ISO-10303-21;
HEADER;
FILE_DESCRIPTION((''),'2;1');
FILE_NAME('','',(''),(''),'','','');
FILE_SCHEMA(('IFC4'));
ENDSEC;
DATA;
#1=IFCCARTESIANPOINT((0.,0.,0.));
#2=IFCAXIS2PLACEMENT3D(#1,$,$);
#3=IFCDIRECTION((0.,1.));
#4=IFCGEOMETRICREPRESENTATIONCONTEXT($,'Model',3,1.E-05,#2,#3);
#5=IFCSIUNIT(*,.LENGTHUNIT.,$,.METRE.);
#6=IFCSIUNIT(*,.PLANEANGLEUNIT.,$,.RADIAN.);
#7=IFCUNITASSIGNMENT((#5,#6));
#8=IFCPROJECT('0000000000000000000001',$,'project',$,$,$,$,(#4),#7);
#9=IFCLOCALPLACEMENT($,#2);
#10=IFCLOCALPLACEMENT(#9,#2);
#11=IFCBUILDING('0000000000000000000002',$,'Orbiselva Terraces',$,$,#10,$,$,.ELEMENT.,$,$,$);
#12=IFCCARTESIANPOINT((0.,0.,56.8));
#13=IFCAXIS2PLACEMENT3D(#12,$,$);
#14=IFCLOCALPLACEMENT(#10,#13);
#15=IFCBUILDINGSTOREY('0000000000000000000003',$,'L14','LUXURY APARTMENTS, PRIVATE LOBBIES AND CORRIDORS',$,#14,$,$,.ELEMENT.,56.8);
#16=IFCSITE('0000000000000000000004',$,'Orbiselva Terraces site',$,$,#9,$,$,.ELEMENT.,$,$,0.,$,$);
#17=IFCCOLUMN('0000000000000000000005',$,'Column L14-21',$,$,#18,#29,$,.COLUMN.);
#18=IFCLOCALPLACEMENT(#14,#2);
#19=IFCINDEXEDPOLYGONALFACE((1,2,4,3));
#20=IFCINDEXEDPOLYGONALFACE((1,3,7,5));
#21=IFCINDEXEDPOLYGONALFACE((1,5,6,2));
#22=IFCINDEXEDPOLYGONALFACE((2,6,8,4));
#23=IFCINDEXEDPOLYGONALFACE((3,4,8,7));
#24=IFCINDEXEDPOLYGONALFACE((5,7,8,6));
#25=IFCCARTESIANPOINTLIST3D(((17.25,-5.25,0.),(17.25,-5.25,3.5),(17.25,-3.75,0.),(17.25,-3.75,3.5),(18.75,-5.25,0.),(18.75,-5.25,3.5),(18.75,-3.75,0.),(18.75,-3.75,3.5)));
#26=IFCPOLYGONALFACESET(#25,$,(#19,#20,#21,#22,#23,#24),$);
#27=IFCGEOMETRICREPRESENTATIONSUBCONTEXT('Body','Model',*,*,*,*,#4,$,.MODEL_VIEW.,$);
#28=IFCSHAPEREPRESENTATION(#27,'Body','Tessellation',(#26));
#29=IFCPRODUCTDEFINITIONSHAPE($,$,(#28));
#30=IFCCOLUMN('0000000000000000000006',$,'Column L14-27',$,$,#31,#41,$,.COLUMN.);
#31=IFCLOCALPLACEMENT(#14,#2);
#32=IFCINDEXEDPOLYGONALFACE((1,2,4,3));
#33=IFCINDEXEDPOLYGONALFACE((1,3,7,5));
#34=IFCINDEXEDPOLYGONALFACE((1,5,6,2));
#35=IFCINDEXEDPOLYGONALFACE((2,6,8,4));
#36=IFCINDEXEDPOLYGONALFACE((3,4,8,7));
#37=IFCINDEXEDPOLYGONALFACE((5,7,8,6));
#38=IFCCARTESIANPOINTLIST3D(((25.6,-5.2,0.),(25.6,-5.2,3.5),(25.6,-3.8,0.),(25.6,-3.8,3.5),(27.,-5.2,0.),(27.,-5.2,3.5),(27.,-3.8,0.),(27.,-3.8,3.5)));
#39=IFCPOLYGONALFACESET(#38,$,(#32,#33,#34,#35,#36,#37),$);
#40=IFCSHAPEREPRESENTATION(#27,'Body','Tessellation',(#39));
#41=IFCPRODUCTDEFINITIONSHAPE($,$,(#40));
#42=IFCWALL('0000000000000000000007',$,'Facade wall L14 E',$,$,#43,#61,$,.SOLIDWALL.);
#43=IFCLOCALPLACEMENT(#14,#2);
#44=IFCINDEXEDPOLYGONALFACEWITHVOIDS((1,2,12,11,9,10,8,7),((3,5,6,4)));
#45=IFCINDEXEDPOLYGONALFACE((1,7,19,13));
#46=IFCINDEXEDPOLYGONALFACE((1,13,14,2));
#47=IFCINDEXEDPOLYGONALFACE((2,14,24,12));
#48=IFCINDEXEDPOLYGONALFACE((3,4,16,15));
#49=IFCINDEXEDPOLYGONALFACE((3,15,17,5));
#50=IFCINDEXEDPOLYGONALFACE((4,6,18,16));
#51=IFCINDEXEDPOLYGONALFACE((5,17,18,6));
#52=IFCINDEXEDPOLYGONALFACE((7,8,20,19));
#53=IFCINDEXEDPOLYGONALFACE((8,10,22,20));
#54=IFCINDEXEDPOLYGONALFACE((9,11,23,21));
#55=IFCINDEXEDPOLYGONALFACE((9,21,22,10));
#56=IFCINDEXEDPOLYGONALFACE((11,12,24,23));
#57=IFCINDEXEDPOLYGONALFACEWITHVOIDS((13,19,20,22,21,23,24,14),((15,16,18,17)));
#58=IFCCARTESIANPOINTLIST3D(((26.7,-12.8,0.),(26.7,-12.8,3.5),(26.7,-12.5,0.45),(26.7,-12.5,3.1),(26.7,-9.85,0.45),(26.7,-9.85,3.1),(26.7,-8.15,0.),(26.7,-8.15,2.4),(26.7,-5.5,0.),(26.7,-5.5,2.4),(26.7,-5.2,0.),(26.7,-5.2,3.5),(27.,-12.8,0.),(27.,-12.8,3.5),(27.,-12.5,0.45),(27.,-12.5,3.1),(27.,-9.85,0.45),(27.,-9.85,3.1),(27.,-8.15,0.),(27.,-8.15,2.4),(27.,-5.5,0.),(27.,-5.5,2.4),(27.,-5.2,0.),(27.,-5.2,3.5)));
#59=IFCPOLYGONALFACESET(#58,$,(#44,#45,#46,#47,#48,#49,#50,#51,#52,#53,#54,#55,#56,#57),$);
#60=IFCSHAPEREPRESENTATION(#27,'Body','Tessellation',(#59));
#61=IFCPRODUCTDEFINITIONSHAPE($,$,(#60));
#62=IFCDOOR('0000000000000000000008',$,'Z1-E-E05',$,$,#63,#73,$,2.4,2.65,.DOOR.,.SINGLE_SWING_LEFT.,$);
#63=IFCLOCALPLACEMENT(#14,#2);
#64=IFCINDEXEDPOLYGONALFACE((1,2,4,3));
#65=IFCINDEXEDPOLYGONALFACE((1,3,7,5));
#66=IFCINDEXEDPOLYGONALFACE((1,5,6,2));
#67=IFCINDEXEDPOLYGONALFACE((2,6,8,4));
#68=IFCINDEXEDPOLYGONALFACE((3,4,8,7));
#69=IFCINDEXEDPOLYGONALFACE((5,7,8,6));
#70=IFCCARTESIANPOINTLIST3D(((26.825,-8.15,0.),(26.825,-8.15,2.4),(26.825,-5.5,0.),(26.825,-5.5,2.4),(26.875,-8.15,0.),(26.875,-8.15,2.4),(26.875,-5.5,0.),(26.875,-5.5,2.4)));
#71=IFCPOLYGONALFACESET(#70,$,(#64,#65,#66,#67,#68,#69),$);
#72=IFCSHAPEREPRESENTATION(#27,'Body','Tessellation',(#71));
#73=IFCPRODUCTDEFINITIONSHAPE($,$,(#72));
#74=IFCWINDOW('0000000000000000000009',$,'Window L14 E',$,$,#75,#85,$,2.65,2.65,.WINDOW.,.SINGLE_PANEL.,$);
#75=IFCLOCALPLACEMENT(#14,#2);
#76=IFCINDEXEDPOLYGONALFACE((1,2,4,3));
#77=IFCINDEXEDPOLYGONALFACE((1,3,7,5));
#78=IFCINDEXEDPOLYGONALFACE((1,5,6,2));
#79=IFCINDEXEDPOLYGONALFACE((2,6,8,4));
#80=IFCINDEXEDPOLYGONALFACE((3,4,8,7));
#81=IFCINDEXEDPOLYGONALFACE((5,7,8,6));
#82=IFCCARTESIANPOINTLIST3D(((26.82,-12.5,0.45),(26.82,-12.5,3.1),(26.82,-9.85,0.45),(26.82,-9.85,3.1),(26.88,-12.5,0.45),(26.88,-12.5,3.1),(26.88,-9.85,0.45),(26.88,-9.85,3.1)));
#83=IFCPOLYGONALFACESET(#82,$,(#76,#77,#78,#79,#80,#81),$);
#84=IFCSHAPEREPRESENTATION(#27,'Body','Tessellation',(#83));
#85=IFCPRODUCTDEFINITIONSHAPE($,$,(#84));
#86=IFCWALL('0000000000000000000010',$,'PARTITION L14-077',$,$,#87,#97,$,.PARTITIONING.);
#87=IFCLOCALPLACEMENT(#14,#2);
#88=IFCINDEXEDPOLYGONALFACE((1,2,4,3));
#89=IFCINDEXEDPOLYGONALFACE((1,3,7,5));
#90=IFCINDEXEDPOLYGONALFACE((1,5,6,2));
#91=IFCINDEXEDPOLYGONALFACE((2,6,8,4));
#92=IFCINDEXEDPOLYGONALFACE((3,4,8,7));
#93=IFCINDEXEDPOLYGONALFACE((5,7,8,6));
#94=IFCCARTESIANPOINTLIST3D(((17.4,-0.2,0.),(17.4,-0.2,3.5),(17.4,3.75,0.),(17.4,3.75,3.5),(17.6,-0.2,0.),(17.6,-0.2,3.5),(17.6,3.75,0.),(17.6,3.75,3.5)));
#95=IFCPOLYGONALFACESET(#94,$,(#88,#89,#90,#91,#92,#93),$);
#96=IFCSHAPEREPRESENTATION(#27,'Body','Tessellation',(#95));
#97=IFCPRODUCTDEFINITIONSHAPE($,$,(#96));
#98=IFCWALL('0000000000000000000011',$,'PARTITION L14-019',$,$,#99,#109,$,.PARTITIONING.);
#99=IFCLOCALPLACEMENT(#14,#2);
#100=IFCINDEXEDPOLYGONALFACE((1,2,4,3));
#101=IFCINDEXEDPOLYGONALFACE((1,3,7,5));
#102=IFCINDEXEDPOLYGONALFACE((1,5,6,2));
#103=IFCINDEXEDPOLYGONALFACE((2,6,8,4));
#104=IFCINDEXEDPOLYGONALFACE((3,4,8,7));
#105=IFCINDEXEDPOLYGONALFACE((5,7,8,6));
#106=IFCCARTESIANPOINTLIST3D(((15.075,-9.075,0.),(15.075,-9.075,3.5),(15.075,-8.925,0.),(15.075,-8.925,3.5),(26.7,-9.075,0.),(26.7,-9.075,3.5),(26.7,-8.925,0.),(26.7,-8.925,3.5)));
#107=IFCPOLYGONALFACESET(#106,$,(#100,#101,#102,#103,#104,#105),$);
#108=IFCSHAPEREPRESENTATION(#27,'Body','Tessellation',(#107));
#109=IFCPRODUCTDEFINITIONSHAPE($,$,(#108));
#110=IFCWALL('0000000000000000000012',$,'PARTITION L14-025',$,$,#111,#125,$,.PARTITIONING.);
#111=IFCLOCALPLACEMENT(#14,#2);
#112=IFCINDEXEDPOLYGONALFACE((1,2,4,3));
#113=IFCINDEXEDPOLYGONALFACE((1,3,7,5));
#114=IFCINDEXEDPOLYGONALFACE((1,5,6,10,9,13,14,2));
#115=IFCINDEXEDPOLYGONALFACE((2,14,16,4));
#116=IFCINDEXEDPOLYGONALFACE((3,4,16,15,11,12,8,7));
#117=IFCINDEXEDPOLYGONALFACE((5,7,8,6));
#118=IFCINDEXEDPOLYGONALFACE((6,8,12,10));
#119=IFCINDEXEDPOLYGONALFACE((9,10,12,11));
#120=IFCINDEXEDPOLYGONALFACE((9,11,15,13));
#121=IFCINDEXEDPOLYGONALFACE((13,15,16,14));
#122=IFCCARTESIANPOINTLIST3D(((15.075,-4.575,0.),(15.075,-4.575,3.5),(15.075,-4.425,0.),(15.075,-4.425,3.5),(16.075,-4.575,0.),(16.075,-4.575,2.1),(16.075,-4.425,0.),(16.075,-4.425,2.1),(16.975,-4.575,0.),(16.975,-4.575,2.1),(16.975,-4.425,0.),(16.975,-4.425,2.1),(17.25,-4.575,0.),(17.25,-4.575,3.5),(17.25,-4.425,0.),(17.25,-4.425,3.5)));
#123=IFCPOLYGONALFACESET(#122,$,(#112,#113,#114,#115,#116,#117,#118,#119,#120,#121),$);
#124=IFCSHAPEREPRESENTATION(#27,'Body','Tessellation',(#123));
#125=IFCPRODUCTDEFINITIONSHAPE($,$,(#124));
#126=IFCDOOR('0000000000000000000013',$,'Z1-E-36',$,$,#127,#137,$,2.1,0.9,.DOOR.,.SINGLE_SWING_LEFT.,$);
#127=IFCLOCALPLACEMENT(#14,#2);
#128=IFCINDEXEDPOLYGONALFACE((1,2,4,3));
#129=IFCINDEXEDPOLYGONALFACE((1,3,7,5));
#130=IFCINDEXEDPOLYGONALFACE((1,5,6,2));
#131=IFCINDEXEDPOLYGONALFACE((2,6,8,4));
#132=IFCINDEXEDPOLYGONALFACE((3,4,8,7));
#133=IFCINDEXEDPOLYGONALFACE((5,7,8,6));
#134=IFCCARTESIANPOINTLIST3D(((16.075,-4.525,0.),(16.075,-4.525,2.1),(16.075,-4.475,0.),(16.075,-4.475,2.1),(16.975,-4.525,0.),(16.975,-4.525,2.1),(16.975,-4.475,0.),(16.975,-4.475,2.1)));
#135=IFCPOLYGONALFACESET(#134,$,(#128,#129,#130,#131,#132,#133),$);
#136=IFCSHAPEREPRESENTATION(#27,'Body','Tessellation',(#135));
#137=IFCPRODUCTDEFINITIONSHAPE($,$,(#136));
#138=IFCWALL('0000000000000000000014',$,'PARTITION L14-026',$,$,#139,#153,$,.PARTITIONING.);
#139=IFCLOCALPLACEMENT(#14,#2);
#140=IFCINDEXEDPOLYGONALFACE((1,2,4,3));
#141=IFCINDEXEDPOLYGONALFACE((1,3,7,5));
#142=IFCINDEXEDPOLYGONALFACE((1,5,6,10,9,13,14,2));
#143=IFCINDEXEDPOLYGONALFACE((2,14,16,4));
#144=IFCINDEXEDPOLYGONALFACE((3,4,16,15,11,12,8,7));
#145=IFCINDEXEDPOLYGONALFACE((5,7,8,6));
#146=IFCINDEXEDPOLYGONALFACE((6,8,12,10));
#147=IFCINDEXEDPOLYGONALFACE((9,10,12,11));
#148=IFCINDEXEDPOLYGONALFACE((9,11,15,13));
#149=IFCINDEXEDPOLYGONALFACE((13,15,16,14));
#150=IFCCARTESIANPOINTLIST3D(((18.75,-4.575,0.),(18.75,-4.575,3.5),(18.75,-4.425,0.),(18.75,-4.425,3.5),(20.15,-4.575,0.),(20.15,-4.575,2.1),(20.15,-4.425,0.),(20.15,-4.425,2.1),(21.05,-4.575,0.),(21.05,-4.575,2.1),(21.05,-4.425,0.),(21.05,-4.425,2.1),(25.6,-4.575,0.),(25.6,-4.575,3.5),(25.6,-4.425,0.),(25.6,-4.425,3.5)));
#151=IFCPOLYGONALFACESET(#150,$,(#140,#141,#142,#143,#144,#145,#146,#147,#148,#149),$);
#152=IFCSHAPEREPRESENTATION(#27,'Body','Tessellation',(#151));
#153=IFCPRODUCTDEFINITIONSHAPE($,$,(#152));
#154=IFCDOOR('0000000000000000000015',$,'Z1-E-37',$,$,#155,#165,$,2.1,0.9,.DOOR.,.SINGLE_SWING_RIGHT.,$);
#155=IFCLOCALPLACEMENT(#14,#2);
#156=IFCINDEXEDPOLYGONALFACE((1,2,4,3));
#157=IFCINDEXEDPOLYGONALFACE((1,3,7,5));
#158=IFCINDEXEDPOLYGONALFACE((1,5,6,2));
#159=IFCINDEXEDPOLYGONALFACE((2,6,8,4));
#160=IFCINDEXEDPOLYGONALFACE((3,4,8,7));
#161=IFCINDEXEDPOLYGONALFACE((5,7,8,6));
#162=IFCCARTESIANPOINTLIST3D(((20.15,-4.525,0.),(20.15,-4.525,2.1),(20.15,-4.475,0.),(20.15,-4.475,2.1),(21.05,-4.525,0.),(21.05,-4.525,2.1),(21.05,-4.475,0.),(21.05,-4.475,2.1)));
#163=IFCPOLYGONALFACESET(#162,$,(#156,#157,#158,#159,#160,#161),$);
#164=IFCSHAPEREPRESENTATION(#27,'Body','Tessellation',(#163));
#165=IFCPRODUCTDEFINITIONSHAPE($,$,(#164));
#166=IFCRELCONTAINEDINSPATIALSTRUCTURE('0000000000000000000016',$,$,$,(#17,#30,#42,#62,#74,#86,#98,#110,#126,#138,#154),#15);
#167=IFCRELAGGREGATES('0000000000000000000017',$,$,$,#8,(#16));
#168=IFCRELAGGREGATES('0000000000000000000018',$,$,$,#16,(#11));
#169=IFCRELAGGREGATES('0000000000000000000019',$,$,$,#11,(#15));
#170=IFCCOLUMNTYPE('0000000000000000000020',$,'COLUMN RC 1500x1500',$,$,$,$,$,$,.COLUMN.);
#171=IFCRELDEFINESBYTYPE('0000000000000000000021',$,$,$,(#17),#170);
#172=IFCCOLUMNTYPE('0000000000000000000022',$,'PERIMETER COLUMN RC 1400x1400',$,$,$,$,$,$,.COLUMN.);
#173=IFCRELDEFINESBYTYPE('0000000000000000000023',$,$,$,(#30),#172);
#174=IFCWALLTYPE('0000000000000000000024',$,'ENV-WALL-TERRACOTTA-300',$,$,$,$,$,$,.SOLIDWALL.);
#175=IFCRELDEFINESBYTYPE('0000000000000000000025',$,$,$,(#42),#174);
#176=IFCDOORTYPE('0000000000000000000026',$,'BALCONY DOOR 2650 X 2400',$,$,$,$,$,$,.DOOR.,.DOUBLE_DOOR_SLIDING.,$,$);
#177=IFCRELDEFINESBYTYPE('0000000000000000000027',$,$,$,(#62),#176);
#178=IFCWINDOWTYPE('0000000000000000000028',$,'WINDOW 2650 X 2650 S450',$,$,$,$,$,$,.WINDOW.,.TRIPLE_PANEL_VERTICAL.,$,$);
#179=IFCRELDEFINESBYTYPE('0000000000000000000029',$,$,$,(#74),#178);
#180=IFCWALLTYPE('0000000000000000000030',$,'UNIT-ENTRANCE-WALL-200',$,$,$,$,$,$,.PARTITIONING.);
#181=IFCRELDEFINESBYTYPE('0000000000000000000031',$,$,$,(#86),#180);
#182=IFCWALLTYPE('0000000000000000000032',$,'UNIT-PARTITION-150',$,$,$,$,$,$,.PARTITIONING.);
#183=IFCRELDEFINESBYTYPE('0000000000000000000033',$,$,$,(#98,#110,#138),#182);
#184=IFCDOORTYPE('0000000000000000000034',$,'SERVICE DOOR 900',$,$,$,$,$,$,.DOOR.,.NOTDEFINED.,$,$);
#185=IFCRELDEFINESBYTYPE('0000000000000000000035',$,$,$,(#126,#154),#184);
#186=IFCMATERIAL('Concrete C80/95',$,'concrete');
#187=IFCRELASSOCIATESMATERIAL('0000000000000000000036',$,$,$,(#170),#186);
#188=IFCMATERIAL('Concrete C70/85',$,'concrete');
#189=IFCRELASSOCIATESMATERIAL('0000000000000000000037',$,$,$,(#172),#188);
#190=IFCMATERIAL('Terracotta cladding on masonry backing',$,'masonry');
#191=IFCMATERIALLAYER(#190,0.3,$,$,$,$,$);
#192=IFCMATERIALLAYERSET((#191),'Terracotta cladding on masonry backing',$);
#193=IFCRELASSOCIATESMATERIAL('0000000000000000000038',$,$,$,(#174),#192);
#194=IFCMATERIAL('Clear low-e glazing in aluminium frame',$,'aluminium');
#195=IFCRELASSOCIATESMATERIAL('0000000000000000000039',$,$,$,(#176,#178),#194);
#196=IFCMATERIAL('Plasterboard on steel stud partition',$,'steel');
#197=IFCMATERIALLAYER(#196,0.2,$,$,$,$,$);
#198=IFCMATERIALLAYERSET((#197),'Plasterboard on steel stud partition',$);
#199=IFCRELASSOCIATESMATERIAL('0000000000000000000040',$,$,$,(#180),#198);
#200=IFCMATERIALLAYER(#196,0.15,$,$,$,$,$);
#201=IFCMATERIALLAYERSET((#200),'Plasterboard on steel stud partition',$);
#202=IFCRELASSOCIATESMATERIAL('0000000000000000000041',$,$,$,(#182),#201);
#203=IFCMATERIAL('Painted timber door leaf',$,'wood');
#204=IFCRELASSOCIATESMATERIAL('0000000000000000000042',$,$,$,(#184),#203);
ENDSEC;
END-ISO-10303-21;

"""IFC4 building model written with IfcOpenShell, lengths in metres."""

from ifc_helpers import new_model, si_unit, direction, frame, frame_2d, origin, origin_2d, place, context, subcontext, project, spatial, rectangle, extrude, material, layer, layer_set, material_profile, profile_set, type_object, element, fill, save


model = new_model("IFC4")

# Units and contexts
model_context = context("Model", 3, precision=1e-05, world=origin(), true_north=direction((0.0, 1.0)))
body_context = subcontext(model_context, "Body", "Model", "MODEL_VIEW")
ifc_project = project(units=[si_unit("LENGTHUNIT", "METRE"), si_unit("PLANEANGLEUNIT", "RADIAN")], contexts=[model_context])

# Site, building, storey
site_placement = place(None, origin())
site = spatial("IfcSite", under=ifc_project, at=site_placement, Name="Orbiselva Terraces site", CompositionType="ELEMENT", RefElevation=0.0)
building_placement = place(site_placement, origin())
building = spatial("IfcBuilding", under=site, at=building_placement, Name="Orbiselva Terraces", CompositionType="ELEMENT")
storey_placement = place(building_placement, frame((0.0, 0.0, 56.8)))
storey = spatial("IfcBuildingStorey", under=building, at=storey_placement, Name="L14", Description="LUXURY APARTMENTS, PRIVATE LOBBIES AND CORRIDORS", CompositionType="ELEMENT", Elevation=56.8)

# Columns
ifc_material_1 = material(Name="Concrete C80/95", Category="concrete")
ifc_material_profile_1 = material_profile(ifc_material_1, rectangle(XDim=1.5, YDim=1.5, at=origin_2d()), Name="RC 1500x1500")
ifc_profile_set_1 = profile_set([ifc_material_profile_1], Name="Concrete C80/95")
column_type_1 = type_object("IfcColumnType", Name="COLUMN RC 1500x1500", PredefinedType="COLUMN", material=ifc_profile_set_1)
column_1_placement = place(storey_placement, frame((18.0, -4.5, 0.0), z_axis=(0.0, 0.0, 1.0), x_axis=(1.0, 0.0, 0.0)))
element("IfcColumn", 1, at=column_1_placement, inside=storey, type_object=column_type_1, Name="Column L14-21", PredefinedType="COLUMN", context=body_context, shape_type="SweptSolid", body=[
    extrude(rectangle(XDim=1.5, YDim=1.5, at=origin_2d()), origin(), (0.0, 0.0, 1.0), 3.5),
])
ifc_material_2 = material(Name="Concrete C70/85", Category="concrete")
ifc_material_profile_2 = material_profile(ifc_material_2, rectangle(XDim=1.4, YDim=1.4, at=origin_2d()), Name="RC 1400x1400")
ifc_profile_set_2 = profile_set([ifc_material_profile_2], Name="Concrete C70/85")
column_type_2 = type_object("IfcColumnType", Name="PERIMETER COLUMN RC 1400x1400", PredefinedType="COLUMN", material=ifc_profile_set_2)
column_2_placement = place(storey_placement, frame((26.3, -4.5, 0.0), z_axis=(0.0, 0.0, 1.0), x_axis=(1.0, 0.0, 0.0)))
element("IfcColumn", 2, at=column_2_placement, inside=storey, type_object=column_type_2, Name="Column L14-27", PredefinedType="COLUMN", context=body_context, shape_type="SweptSolid", body=[
    extrude(rectangle(XDim=1.4, YDim=1.4, at=origin_2d()), origin(), (0.0, 0.0, 1.0), 3.5),
])

# Wall, openings, door, window
ifc_material_3 = material(Name="Terracotta cladding on masonry backing", Category="masonry")
ifc_layer_1 = layer(ifc_material_3, 0.3)
ifc_layer_set_1 = layer_set([ifc_layer_1], Name="Terracotta cladding on masonry backing")
wall_type_1 = type_object("IfcWallType", Name="ENV-WALL-TERRACOTTA-300", PredefinedType="SOLIDWALL", material=ifc_layer_set_1)
wall_1_placement = place(storey_placement, frame((26.85, -5.2, 0.0), z_axis=(0.0, 0.0, 1.0), x_axis=(0.0, -1.0, 0.0)))
wall_1 = element("IfcWall", 3, at=wall_1_placement, inside=storey, type_object=wall_type_1, Name="Facade wall L14 E", PredefinedType="SOLIDWALL", context=body_context, shape_type="SweptSolid", body=[
    extrude(rectangle(XDim=7.6, YDim=0.3, at=frame_2d((3.8, 0.0))), origin(), (0.0, 0.0, 1.0), 3.5),
])
opening_1_placement = place(wall_1_placement, frame((4.65, 0.0, 0.45)))
opening_1 = element("IfcOpeningElement", 4, at=opening_1_placement, cuts=wall_1, PredefinedType="OPENING", context=body_context, shape_type="SweptSolid", body=[
    extrude(rectangle(XDim=2.65, YDim=2.65, at=frame_2d((1.325, 1.325))), frame((0.0, 0.16, 0.0), z_axis=(0.0, -1.0, 0.0), x_axis=(1.0, 0.0, 0.0)), (0.0, 0.0, 1.0), 0.32),
])
opening_2_placement = place(wall_1_placement, frame((0.3, 0.0, 0.0)))
opening_2 = element("IfcOpeningElement", 5, at=opening_2_placement, cuts=wall_1, PredefinedType="OPENING", context=body_context, shape_type="SweptSolid", body=[
    extrude(rectangle(XDim=2.65, YDim=2.4, at=frame_2d((1.325, 1.2))), frame((0.0, 0.16, 0.0), z_axis=(0.0, -1.0, 0.0), x_axis=(1.0, 0.0, 0.0)), (0.0, 0.0, 1.0), 0.32),
])
ifc_material_4 = material(Name="Clear low-e glazing in aluminium frame", Category="aluminium")
door_type_1 = type_object("IfcDoorType", Name="BALCONY DOOR 2650 X 2400", OperationType="DOUBLE_DOOR_SLIDING", PredefinedType="DOOR", material=ifc_material_4)
door_1_placement = place(opening_2_placement, origin())
door_1 = element("IfcDoor", 6, at=door_1_placement, inside=storey, type_object=door_type_1, Name="Z1-E-E05", OperationType="SINGLE_SWING_LEFT", OverallHeight=2.4, OverallWidth=2.65, PredefinedType="DOOR", context=body_context, shape_type="SweptSolid", body=[
    extrude(rectangle(XDim=2.65, YDim=2.4, at=frame_2d((1.325, 1.2))), frame((0.0, 0.025, 0.0), z_axis=(0.0, -1.0, 0.0), x_axis=(1.0, 0.0, 0.0)), (0.0, 0.0, 1.0), 0.05),
])
fill(opening_2, door_1)
window_type = type_object("IfcWindowType", Name="WINDOW 2650 X 2650 S450", PartitioningType="TRIPLE_PANEL_VERTICAL", PredefinedType="WINDOW", material=ifc_material_4)
window_placement = place(opening_1_placement, origin())
window = element("IfcWindow", 7, at=window_placement, inside=storey, type_object=window_type, Name="Window L14 E", OverallHeight=2.65, OverallWidth=2.65, PartitioningType="SINGLE_PANEL", PredefinedType="WINDOW", context=body_context, shape_type="SweptSolid", body=[
    extrude(rectangle(XDim=2.65, YDim=2.65, at=frame_2d((1.325, 1.325))), frame((0.0, 0.03, 0.0), z_axis=(0.0, -1.0, 0.0), x_axis=(1.0, 0.0, 0.0)), (0.0, 0.0, 1.0), 0.06),
])
fill(opening_1, window)

# Walls
ifc_material_5 = material(Name="Plasterboard on steel stud partition", Category="steel")
ifc_layer_2 = layer(ifc_material_5, 0.2)
ifc_layer_set_2 = layer_set([ifc_layer_2], Name="Plasterboard on steel stud partition")
wall_type_2 = type_object("IfcWallType", Name="UNIT-ENTRANCE-WALL-200", PredefinedType="PARTITIONING", material=ifc_layer_set_2)
wall_2_placement = place(storey_placement, frame((17.5, -0.2, 0.0), z_axis=(0.0, 0.0, 1.0), x_axis=(0.0, 1.0, 0.0)))
element("IfcWall", 8, at=wall_2_placement, inside=storey, type_object=wall_type_2, Name="PARTITION L14-077", PredefinedType="PARTITIONING", context=body_context, shape_type="SweptSolid", body=[
    extrude(rectangle(XDim=3.95, YDim=0.2, at=frame_2d((1.975, 0.0))), origin(), (0.0, 0.0, 1.0), 3.5),
])
ifc_layer_3 = layer(ifc_material_5, 0.15)
ifc_layer_set_3 = layer_set([ifc_layer_3], Name="Plasterboard on steel stud partition")
wall_type_3 = type_object("IfcWallType", Name="UNIT-PARTITION-150", PredefinedType="PARTITIONING", material=ifc_layer_set_3)
wall_3_placement = place(storey_placement, frame((15.075, -9.0, 0.0), z_axis=(0.0, 0.0, 1.0), x_axis=(1.0, 0.0, 0.0)))
element("IfcWall", 9, at=wall_3_placement, inside=storey, type_object=wall_type_3, Name="PARTITION L14-019", PredefinedType="PARTITIONING", context=body_context, shape_type="SweptSolid", body=[
    extrude(rectangle(XDim=11.625, YDim=0.15, at=frame_2d((5.8125, 0.0))), origin(), (0.0, 0.0, 1.0), 3.5),
])

# Walls, openings, doors
wall_4_placement = place(storey_placement, frame((17.25, -4.5, 0.0), z_axis=(0.0, 0.0, 1.0), x_axis=(-1.0, 0.0, 0.0)))
wall_4 = element("IfcWall", 10, at=wall_4_placement, inside=storey, type_object=wall_type_3, Name="PARTITION L14-025", PredefinedType="PARTITIONING", context=body_context, shape_type="SweptSolid", body=[
    extrude(rectangle(XDim=2.175, YDim=0.15, at=frame_2d((1.0875, 0.0))), origin(), (0.0, 0.0, 1.0), 3.5),
])
opening_3_placement = place(wall_4_placement, frame((0.275, 0.0, 0.0)))
opening_3 = element("IfcOpeningElement", 11, at=opening_3_placement, cuts=wall_4, PredefinedType="OPENING", context=body_context, shape_type="SweptSolid", body=[
    extrude(rectangle(XDim=0.9, YDim=2.1, at=frame_2d((0.45, 1.05))), frame((0.0, 0.085, 0.0), z_axis=(0.0, -1.0, 0.0), x_axis=(1.0, 0.0, 0.0)), (0.0, 0.0, 1.0), 0.17),
])
ifc_material_6 = material(Name="Painted timber door leaf", Category="wood")
door_type_2 = type_object("IfcDoorType", Name="SERVICE DOOR 900", OperationType="NOTDEFINED", PredefinedType="DOOR", material=ifc_material_6)
door_2_placement = place(opening_3_placement, origin())
door_2 = element("IfcDoor", 12, at=door_2_placement, inside=storey, type_object=door_type_2, Name="Z1-E-36", OperationType="SINGLE_SWING_LEFT", OverallHeight=2.1, OverallWidth=0.9, PredefinedType="DOOR", context=body_context, shape_type="SweptSolid", body=[
    extrude(rectangle(XDim=0.9, YDim=2.1, at=frame_2d((0.45, 1.05))), frame((0.0, 0.025, 0.0), z_axis=(0.0, -1.0, 0.0), x_axis=(1.0, 0.0, 0.0)), (0.0, 0.0, 1.0), 0.05),
])
fill(opening_3, door_2)
wall_5_placement = place(storey_placement, frame((25.6, -4.5, 0.0), z_axis=(0.0, 0.0, 1.0), x_axis=(-1.0, 0.0, 0.0)))
wall_5 = element("IfcWall", 13, at=wall_5_placement, inside=storey, type_object=wall_type_3, Name="PARTITION L14-026", PredefinedType="PARTITIONING", context=body_context, shape_type="SweptSolid", body=[
    extrude(rectangle(XDim=6.85, YDim=0.15, at=frame_2d((3.425, 0.0))), origin(), (0.0, 0.0, 1.0), 3.5),
])
opening_4_placement = place(wall_5_placement, frame((4.55, 0.0, 0.0)))
opening_4 = element("IfcOpeningElement", 14, at=opening_4_placement, cuts=wall_5, PredefinedType="OPENING", context=body_context, shape_type="SweptSolid", body=[
    extrude(rectangle(XDim=0.9, YDim=2.1, at=frame_2d((0.45, 1.05))), frame((0.0, 0.085, 0.0), z_axis=(0.0, -1.0, 0.0), x_axis=(1.0, 0.0, 0.0)), (0.0, 0.0, 1.0), 0.17),
])
door_3_placement = place(opening_4_placement, origin())
door_3 = element("IfcDoor", 15, at=door_3_placement, inside=storey, type_object=door_type_2, Name="Z1-E-37", OperationType="SINGLE_SWING_RIGHT", OverallHeight=2.1, OverallWidth=0.9, PredefinedType="DOOR", context=body_context, shape_type="SweptSolid", body=[
    extrude(rectangle(XDim=0.9, YDim=2.1, at=frame_2d((0.45, 1.05))), frame((0.0, 0.025, 0.0), z_axis=(0.0, -1.0, 0.0), x_axis=(1.0, 0.0, 0.0)), (0.0, 0.0, 1.0), 0.05),
])
fill(opening_4, door_3)

save(model, "model.ifc")
